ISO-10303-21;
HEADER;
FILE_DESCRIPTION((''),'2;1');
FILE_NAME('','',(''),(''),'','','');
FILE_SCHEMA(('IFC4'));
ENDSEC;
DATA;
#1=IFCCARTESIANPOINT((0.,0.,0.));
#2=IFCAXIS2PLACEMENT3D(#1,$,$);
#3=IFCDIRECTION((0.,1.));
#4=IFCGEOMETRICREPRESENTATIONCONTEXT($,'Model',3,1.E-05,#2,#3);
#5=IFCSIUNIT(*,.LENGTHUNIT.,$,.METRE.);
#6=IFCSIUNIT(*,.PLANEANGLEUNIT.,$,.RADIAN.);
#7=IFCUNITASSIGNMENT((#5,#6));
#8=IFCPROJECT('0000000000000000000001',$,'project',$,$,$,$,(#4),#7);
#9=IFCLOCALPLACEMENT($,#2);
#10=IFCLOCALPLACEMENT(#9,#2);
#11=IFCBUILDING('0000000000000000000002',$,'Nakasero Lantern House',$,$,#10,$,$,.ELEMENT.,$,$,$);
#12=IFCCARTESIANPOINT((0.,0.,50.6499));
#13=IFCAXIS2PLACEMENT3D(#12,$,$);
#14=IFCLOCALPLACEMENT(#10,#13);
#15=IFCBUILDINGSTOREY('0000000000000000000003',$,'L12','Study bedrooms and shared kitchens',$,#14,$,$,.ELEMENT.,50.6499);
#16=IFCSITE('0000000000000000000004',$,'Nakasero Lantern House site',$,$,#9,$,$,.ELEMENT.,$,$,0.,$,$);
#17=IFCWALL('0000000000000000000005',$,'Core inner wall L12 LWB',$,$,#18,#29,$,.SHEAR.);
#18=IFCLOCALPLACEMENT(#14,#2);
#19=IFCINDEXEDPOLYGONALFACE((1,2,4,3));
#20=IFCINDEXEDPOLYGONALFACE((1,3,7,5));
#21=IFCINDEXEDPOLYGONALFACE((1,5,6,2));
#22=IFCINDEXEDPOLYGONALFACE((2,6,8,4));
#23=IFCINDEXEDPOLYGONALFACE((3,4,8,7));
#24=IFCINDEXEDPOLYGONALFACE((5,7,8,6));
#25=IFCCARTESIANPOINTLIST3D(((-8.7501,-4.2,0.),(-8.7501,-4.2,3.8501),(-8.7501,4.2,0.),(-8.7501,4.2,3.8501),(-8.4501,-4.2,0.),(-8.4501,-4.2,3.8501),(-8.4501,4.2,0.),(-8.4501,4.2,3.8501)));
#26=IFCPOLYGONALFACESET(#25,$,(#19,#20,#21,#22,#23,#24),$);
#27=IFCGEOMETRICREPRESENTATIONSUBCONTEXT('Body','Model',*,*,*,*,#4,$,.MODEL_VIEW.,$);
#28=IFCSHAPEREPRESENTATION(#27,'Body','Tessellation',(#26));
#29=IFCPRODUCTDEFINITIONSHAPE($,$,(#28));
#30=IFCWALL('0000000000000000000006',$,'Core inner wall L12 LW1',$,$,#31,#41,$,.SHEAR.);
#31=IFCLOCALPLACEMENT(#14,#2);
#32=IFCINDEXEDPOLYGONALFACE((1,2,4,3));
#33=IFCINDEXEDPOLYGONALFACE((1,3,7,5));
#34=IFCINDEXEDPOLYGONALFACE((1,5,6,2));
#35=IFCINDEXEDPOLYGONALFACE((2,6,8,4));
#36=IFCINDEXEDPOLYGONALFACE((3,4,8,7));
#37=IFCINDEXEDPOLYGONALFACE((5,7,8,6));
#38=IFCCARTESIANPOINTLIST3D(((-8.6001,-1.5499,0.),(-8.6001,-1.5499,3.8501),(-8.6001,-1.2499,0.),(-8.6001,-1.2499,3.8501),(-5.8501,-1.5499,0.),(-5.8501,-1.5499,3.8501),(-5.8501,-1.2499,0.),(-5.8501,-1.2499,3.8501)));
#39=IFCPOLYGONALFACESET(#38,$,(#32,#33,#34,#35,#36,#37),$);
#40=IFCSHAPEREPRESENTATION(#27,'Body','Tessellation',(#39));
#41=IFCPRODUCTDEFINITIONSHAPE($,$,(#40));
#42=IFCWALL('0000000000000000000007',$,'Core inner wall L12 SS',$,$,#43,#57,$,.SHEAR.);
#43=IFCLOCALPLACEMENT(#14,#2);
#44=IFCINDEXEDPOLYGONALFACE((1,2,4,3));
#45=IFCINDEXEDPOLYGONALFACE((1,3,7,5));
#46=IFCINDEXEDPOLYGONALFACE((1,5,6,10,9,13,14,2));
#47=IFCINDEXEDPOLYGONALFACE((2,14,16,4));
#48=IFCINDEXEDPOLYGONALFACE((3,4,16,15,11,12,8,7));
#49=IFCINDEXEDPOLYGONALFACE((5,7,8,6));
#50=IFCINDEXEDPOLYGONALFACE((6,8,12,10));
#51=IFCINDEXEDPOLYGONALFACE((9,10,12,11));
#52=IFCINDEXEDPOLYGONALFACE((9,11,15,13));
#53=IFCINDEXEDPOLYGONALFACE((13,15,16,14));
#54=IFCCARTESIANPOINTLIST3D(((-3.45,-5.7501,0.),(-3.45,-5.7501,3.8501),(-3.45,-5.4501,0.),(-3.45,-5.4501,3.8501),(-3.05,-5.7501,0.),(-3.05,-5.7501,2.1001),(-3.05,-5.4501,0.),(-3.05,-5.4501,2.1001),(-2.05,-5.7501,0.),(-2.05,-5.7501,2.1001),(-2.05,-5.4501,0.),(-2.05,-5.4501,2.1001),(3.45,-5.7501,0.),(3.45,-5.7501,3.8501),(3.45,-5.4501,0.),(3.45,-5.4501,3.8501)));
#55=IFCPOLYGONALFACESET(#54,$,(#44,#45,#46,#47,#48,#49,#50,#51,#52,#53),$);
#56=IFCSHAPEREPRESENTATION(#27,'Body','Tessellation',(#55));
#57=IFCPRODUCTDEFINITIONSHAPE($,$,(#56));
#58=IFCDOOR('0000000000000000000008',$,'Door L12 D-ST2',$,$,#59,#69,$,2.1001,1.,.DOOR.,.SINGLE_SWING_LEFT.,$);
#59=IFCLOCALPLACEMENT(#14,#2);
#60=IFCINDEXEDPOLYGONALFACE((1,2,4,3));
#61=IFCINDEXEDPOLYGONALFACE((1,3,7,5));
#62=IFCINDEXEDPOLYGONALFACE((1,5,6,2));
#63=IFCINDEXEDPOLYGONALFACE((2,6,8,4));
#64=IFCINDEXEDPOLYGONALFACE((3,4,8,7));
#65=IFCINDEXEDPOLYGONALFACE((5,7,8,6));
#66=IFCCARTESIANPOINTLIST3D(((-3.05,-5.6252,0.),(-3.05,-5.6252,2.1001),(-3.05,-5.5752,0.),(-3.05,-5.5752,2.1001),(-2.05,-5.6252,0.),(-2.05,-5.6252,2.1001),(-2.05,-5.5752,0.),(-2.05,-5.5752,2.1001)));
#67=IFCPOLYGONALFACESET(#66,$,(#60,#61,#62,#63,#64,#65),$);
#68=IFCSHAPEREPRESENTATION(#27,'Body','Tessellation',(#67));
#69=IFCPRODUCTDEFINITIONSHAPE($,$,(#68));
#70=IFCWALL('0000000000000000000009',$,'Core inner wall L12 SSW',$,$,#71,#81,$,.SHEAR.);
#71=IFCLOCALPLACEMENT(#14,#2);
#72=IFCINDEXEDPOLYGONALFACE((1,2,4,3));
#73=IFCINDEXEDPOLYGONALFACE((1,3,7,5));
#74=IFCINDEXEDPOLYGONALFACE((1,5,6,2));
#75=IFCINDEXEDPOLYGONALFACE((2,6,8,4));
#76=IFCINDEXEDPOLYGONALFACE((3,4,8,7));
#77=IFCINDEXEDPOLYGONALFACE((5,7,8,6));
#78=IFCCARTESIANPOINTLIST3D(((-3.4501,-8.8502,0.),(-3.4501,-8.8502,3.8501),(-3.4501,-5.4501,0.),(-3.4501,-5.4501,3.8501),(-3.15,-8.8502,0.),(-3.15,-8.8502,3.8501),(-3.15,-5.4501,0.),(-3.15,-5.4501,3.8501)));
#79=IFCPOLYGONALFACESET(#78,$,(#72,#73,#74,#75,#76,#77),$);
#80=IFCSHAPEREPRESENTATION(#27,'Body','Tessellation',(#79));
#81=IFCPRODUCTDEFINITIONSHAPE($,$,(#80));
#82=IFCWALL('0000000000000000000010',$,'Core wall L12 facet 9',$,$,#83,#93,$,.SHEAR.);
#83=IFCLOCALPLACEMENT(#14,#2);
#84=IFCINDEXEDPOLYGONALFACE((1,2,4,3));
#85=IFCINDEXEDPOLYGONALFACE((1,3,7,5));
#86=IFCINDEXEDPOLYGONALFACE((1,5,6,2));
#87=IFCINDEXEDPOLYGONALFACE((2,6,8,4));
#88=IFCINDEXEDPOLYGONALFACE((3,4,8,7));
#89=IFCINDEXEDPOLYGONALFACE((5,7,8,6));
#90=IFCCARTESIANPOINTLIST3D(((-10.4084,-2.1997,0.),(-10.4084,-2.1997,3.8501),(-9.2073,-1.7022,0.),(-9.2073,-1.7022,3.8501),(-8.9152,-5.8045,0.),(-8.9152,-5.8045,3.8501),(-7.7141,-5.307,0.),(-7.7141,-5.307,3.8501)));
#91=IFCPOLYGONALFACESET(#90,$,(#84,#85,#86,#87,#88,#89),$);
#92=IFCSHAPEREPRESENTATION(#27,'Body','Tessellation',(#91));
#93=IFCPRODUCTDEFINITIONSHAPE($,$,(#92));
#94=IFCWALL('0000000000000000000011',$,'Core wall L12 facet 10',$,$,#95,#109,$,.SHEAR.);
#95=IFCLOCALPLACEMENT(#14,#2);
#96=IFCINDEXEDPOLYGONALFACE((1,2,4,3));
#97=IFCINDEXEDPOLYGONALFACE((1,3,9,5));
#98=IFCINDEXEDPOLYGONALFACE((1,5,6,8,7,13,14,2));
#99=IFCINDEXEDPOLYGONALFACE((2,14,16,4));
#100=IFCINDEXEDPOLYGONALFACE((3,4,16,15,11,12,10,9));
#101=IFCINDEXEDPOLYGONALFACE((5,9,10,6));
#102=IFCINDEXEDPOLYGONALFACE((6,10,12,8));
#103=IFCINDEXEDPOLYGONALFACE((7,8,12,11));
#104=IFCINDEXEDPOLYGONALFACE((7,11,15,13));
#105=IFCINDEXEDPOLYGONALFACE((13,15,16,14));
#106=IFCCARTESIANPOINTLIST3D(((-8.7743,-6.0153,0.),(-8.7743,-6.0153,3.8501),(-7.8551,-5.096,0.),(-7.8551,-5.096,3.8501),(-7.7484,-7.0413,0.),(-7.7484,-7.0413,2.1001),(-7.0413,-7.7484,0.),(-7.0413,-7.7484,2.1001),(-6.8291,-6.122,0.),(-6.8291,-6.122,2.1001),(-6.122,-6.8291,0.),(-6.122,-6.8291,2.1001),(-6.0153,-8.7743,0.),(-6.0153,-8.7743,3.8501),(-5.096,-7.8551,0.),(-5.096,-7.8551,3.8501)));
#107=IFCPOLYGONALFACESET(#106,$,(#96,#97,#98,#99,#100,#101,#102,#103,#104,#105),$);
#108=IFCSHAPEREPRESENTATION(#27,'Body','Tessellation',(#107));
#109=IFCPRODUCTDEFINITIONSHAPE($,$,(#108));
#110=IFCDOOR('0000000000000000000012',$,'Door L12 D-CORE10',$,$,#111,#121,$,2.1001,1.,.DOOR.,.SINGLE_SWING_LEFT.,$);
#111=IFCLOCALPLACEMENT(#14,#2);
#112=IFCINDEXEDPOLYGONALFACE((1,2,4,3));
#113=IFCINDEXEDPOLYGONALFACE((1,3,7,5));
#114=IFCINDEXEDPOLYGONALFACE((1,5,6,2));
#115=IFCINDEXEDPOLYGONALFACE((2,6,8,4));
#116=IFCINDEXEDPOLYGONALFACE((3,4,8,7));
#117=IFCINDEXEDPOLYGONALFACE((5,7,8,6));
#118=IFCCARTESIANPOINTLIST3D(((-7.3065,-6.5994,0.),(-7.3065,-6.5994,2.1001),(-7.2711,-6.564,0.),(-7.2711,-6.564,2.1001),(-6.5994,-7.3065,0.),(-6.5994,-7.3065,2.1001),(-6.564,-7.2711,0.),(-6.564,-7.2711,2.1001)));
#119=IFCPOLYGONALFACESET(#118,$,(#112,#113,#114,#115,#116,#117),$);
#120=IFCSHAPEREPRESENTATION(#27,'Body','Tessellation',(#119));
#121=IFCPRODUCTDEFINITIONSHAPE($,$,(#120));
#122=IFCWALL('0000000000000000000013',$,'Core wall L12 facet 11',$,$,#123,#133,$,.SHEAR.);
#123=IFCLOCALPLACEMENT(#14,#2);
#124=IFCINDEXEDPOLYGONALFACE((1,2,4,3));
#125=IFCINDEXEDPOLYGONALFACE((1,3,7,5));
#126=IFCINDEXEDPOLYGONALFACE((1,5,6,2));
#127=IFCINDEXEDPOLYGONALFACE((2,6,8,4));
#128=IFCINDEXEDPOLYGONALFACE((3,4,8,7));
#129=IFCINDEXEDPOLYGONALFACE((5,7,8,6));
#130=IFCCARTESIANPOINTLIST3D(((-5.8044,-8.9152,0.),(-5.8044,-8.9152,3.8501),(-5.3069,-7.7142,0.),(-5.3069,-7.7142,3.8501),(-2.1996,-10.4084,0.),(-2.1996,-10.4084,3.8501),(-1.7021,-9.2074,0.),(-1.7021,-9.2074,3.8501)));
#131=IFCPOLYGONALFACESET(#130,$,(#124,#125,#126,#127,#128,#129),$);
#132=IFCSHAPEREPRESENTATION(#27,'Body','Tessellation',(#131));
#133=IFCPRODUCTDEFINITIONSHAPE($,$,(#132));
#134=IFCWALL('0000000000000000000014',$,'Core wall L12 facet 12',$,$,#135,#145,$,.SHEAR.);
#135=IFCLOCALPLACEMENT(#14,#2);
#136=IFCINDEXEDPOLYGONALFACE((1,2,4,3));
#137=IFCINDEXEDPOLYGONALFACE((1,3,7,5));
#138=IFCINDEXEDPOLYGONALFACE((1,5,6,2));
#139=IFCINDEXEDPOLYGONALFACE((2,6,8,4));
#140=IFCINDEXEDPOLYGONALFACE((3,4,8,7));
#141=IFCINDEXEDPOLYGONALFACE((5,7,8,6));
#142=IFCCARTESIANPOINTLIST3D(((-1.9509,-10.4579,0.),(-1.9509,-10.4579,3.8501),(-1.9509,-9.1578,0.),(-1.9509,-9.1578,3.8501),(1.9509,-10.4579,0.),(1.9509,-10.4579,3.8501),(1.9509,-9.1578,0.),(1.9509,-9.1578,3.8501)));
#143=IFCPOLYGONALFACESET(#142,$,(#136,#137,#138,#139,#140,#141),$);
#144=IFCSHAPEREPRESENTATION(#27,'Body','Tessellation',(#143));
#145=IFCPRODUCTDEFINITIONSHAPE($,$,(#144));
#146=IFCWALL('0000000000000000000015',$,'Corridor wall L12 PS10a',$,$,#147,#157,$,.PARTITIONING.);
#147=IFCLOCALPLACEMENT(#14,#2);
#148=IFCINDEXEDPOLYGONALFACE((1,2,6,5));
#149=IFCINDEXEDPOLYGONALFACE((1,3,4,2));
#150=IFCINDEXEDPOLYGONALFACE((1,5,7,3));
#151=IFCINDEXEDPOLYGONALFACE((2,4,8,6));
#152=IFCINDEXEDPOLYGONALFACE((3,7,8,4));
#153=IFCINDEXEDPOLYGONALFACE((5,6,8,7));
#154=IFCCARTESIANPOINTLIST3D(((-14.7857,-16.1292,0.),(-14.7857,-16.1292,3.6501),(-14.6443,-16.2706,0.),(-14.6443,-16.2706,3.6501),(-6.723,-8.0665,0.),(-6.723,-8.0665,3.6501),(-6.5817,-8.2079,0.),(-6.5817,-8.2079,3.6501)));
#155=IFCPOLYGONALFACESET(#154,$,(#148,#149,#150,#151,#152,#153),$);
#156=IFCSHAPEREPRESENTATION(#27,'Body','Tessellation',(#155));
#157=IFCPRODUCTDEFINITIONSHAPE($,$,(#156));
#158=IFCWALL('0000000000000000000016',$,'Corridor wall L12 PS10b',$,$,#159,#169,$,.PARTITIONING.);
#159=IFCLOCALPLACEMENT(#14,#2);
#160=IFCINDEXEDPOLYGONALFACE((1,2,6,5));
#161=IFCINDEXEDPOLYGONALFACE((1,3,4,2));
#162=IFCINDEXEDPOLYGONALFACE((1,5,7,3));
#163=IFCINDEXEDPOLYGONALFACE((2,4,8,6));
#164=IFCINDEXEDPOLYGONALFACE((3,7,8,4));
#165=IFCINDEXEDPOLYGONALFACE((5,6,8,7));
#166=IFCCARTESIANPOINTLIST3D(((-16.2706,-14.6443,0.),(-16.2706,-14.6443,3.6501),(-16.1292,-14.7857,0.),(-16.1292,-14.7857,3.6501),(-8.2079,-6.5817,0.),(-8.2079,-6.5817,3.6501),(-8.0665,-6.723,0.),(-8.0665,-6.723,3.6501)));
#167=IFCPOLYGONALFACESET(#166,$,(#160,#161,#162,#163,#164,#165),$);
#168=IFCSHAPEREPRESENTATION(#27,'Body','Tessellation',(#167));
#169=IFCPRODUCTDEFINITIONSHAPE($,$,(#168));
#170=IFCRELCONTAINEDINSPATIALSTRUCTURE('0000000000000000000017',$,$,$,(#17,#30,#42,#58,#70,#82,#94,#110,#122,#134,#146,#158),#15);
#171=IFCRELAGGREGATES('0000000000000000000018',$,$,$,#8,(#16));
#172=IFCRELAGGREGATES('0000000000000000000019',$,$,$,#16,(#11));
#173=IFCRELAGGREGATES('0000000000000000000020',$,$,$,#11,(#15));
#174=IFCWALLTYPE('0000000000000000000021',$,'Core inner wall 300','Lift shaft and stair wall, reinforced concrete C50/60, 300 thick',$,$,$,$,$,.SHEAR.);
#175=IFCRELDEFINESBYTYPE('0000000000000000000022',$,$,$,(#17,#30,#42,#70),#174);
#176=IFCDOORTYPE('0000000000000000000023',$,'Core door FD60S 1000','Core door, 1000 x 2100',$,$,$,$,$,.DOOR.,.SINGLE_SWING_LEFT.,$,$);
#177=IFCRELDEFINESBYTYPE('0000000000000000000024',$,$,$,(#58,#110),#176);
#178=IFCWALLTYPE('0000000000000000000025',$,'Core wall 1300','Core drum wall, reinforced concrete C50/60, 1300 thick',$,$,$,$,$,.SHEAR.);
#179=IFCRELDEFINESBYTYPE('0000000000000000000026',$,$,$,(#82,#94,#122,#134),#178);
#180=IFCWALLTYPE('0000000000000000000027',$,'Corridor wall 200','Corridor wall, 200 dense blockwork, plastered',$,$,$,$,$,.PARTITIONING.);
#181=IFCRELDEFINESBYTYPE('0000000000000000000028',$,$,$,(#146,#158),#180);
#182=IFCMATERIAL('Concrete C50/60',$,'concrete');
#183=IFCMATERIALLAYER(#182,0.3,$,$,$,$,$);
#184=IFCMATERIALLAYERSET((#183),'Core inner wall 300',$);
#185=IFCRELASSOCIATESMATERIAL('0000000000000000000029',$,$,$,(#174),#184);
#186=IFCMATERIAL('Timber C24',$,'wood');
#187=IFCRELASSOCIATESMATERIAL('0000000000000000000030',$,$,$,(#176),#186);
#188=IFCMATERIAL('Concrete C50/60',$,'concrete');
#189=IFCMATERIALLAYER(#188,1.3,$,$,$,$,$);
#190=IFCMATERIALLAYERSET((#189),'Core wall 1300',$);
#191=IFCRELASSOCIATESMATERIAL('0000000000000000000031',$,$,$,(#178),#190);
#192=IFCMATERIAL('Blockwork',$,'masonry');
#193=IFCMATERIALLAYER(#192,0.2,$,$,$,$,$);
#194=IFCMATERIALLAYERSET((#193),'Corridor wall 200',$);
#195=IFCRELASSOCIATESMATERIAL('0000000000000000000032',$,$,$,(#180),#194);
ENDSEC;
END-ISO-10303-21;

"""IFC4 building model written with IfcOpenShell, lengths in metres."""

from ifc_helpers import new_model, si_unit, direction, frame, frame_2d, origin, place, context, subcontext, project, spatial, rectangle, extrude, material, layer, layer_set, type_object, element, fill, save


model = new_model("IFC4")

# Units and contexts
model_context = context("Model", 3, precision=1e-05, world=origin(), true_north=direction((0.0, 1.0)))
body_context = subcontext(model_context, "Body", "Model", "MODEL_VIEW")
ifc_project = project(units=[si_unit("LENGTHUNIT", "METRE"), si_unit("PLANEANGLEUNIT", "RADIAN")], contexts=[model_context])

# Site, building, storey
site_placement = place(None, origin())
site = spatial("IfcSite", under=ifc_project, at=site_placement, Name="Nakasero Lantern House site", CompositionType="ELEMENT", RefElevation=0.0)
building_placement = place(site_placement, origin())
building = spatial("IfcBuilding", under=site, at=building_placement, Name="Nakasero Lantern House", CompositionType="ELEMENT")
storey_placement = place(building_placement, frame((0.0, 0.0, 50.6499)))
storey = spatial("IfcBuildingStorey", under=building, at=storey_placement, Name="L12", Description="Study bedrooms and shared kitchens", CompositionType="ELEMENT", Elevation=50.6499)

# Shared definitions
ifc_material_1 = material(Name="Concrete C50/60", Category="concrete")
ifc_layer_1 = layer(ifc_material_1, 0.3)
ifc_layer_set_1 = layer_set([ifc_layer_1], Name="Core inner wall 300")
wall_type_1 = type_object("IfcWallType", Name="Core inner wall 300", Description="Lift shaft and stair wall, reinforced concrete C50/60, 300 thick", PredefinedType="SHEAR", material=ifc_layer_set_1)

# Walls
wall_1_placement = place(storey_placement, frame((-8.6001, -4.2, 0.0), z_axis=(0.0, 0.0, 1.0), x_axis=(0.0, 1.0, 0.0)))
element("IfcWall", 1, at=wall_1_placement, inside=storey, type_object=wall_type_1, Name="Core inner wall L12 LWB", PredefinedType="SHEAR", context=body_context, shape_type="SweptSolid", body=[
    extrude(rectangle(XDim=8.3999, YDim=0.3, at=frame_2d((4.2, 0.0))), origin(), (0.0, 0.0, 1.0), 3.8501),
])
wall_2_placement = place(storey_placement, frame((-8.6001, -1.3999, 0.0), z_axis=(0.0, 0.0, 1.0), x_axis=(1.0, 0.0, 0.0)))
element("IfcWall", 2, at=wall_2_placement, inside=storey, type_object=wall_type_1, Name="Core inner wall L12 LW1", PredefinedType="SHEAR", context=body_context, shape_type="SweptSolid", body=[
    extrude(rectangle(XDim=2.75, YDim=0.3, at=frame_2d((1.375, 0.0))), origin(), (0.0, 0.0, 1.0), 3.8501),
])

# Wall, opening, door
wall_3_placement = place(storey_placement, frame((-3.45, -5.6001, 0.0), z_axis=(0.0, 0.0, 1.0), x_axis=(1.0, 0.0, 0.0)))
wall_3 = element("IfcWall", 3, at=wall_3_placement, inside=storey, type_object=wall_type_1, Name="Core inner wall L12 SS", PredefinedType="SHEAR", context=body_context, shape_type="SweptSolid", body=[
    extrude(rectangle(XDim=6.8999, YDim=0.3, at=frame_2d((3.45, 0.0))), origin(), (0.0, 0.0, 1.0), 3.8501),
])
opening_1_placement = place(wall_3_placement, frame((0.3999, 0.0, 0.0)))
opening_1 = element("IfcOpeningElement", 4, at=opening_1_placement, cuts=wall_3, PredefinedType="OPENING", context=body_context, shape_type="SweptSolid", body=[
    extrude(rectangle(XDim=1.0, YDim=2.1001, at=frame_2d((0.5, 1.05))), frame((0.0, 0.1699, 0.0), z_axis=(0.0, -1.0, 0.0), x_axis=(1.0, 0.0, 0.0)), (0.0, 0.0, 1.0), 0.3401),
])
ifc_material_2 = material(Name="Timber C24", Category="wood")
door_type_1 = type_object("IfcDoorType", Name="Core door FD60S 1000", Description="Core door, 1000 x 2100", OperationType="SINGLE_SWING_LEFT", PredefinedType="DOOR", material=ifc_material_2)
door_1_placement = place(opening_1_placement, origin())
door_1 = element("IfcDoor", 5, at=door_1_placement, inside=storey, type_object=door_type_1, Name="Door L12 D-ST2", OperationType="SINGLE_SWING_LEFT", OverallHeight=2.1001, OverallWidth=1.0, PredefinedType="DOOR", context=body_context, shape_type="SweptSolid", body=[
    extrude(rectangle(XDim=1.0, YDim=2.1001, at=frame_2d((0.5, 1.05))), frame((0.0, 0.0249, 0.0), z_axis=(0.0, -1.0, 0.0), x_axis=(1.0, 0.0, 0.0)), (0.0, 0.0, 1.0), 0.05),
])
fill(opening_1, door_1)

# Walls
wall_4_placement = place(storey_placement, frame((-3.3, -5.45, 0.0), z_axis=(0.0, 0.0, 1.0), x_axis=(0.0, -1.0, 0.0)))
element("IfcWall", 6, at=wall_4_placement, inside=storey, type_object=wall_type_1, Name="Core inner wall L12 SSW", PredefinedType="SHEAR", context=body_context, shape_type="SweptSolid", body=[
    extrude(rectangle(XDim=3.4001, YDim=0.3, at=frame_2d((1.7002, 0.0))), origin(), (0.0, 0.0, 1.0), 3.8501),
])
ifc_material_3 = material(Name="Concrete C50/60", Category="concrete")
ifc_layer_2 = layer(ifc_material_3, 1.3)
ifc_layer_set_2 = layer_set([ifc_layer_2], Name="Core wall 1300")
wall_type_2 = type_object("IfcWallType", Name="Core wall 1300", Description="Core drum wall, reinforced concrete C50/60, 1300 thick", PredefinedType="SHEAR", material=ifc_layer_set_2)
wall_5_placement = place(storey_placement, frame((-9.8079, -1.9509, 0.0), z_axis=(0.0, 0.0, 1.0), x_axis=(0.382691, -0.923877, 0.0)))
element("IfcWall", 7, at=wall_5_placement, inside=storey, type_object=wall_type_2, Name="Core wall L12 facet 9", PredefinedType="SHEAR", context=body_context, shape_type="SweptSolid", body=[
    extrude(rectangle(XDim=3.9019, YDim=1.3, at=frame_2d((1.9509, 0.0))), origin(), (0.0, 0.0, 1.0), 3.8501),
])

# Wall, opening, door
wall_6_placement = place(storey_placement, frame((-8.3147, -5.5557, 0.0), z_axis=(0.0, 0.0, 1.0), x_axis=(0.707107, -0.707107, 0.0)))
wall_6 = element("IfcWall", 8, at=wall_6_placement, inside=storey, type_object=wall_type_2, Name="Core wall L12 facet 10", PredefinedType="SHEAR", context=body_context, shape_type="SweptSolid", body=[
    extrude(rectangle(XDim=3.9019, YDim=1.3, at=frame_2d((1.9509, 0.0))), origin(), (0.0, 0.0, 1.0), 3.8501),
])
opening_2_placement = place(wall_6_placement, frame((1.4509, 0.0, 0.0)))
opening_2 = element("IfcOpeningElement", 9, at=opening_2_placement, cuts=wall_6, PredefinedType="OPENING", context=body_context, shape_type="SweptSolid", body=[
    extrude(rectangle(XDim=1.0, YDim=2.1001, at=frame_2d((0.5, 1.05))), frame((0.0, 0.6699, 0.0), z_axis=(0.0, -1.0, 0.0), x_axis=(1.0, 0.0, 0.0)), (0.0, 0.0, 1.0), 1.3401),
])
door_2_placement = place(opening_2_placement, origin())
door_2 = element("IfcDoor", 10, at=door_2_placement, inside=storey, type_object=door_type_1, Name="Door L12 D-CORE10", OperationType="SINGLE_SWING_LEFT", OverallHeight=2.1001, OverallWidth=1.0, PredefinedType="DOOR", context=body_context, shape_type="SweptSolid", body=[
    extrude(rectangle(XDim=1.0, YDim=2.1001, at=frame_2d((0.5, 1.05))), frame((0.0, 0.0249, 0.0), z_axis=(0.0, -1.0, 0.0), x_axis=(1.0, 0.0, 0.0)), (0.0, 0.0, 1.0), 0.05),
])
fill(opening_2, door_2)

# Walls
for number, where, z_axis, x_axis, name in (
    (11, (-5.5557, -8.3147, 0.0), (0.0, 0.0, 1.0), (0.923877, -0.382691, 0.0), "Core wall L12 facet 11"),
    (12, (-1.9509, -9.8079, 0.0), (0.0, 0.0, 1.0), (1.0, 0.0, 0.0), "Core wall L12 facet 12"),
):
    element("IfcWall", number, at=place(storey_placement, frame(where, z_axis=z_axis, x_axis=x_axis)), inside=storey, type_object=wall_type_2, Name=name, PredefinedType="SHEAR", context=body_context, shape_type="SweptSolid", body=[
        extrude(rectangle(XDim=3.9019, YDim=1.3, at=frame_2d((1.9509, 0.0))), origin(), (0.0, 0.0, 1.0), 3.8501),
    ])
ifc_material_4 = material(Name="Blockwork", Category="masonry")
ifc_layer_3 = layer(ifc_material_4, 0.2)
ifc_layer_set_3 = layer_set([ifc_layer_3], Name="Corridor wall 200")
wall_type_3 = type_object("IfcWallType", Name="Corridor wall 200", Description="Corridor wall, 200 dense blockwork, plastered", PredefinedType="PARTITIONING", material=ifc_layer_set_3)
for number, where, z_axis, x_axis, name in (
    (13, (-6.6523, -8.1372, 0.0), (0.0, 0.0, 1.0), (-0.707107, -0.707107, 0.0), "Corridor wall L12 PS10a"),
    (14, (-8.1372, -6.6523, 0.0), (0.0, 0.0, 1.0), (-0.707107, -0.707107, 0.0), "Corridor wall L12 PS10b"),
):
    element("IfcWall", number, at=place(storey_placement, frame(where, z_axis=z_axis, x_axis=x_axis)), inside=storey, type_object=wall_type_3, Name=name, PredefinedType="PARTITIONING", context=body_context, shape_type="SweptSolid", body=[
        extrude(rectangle(XDim=11.4023, YDim=0.2, at=frame_2d((5.7012, 0.0))), origin(), (0.0, 0.0, 1.0), 3.6501),
    ])

save(model, "model.ifc")
